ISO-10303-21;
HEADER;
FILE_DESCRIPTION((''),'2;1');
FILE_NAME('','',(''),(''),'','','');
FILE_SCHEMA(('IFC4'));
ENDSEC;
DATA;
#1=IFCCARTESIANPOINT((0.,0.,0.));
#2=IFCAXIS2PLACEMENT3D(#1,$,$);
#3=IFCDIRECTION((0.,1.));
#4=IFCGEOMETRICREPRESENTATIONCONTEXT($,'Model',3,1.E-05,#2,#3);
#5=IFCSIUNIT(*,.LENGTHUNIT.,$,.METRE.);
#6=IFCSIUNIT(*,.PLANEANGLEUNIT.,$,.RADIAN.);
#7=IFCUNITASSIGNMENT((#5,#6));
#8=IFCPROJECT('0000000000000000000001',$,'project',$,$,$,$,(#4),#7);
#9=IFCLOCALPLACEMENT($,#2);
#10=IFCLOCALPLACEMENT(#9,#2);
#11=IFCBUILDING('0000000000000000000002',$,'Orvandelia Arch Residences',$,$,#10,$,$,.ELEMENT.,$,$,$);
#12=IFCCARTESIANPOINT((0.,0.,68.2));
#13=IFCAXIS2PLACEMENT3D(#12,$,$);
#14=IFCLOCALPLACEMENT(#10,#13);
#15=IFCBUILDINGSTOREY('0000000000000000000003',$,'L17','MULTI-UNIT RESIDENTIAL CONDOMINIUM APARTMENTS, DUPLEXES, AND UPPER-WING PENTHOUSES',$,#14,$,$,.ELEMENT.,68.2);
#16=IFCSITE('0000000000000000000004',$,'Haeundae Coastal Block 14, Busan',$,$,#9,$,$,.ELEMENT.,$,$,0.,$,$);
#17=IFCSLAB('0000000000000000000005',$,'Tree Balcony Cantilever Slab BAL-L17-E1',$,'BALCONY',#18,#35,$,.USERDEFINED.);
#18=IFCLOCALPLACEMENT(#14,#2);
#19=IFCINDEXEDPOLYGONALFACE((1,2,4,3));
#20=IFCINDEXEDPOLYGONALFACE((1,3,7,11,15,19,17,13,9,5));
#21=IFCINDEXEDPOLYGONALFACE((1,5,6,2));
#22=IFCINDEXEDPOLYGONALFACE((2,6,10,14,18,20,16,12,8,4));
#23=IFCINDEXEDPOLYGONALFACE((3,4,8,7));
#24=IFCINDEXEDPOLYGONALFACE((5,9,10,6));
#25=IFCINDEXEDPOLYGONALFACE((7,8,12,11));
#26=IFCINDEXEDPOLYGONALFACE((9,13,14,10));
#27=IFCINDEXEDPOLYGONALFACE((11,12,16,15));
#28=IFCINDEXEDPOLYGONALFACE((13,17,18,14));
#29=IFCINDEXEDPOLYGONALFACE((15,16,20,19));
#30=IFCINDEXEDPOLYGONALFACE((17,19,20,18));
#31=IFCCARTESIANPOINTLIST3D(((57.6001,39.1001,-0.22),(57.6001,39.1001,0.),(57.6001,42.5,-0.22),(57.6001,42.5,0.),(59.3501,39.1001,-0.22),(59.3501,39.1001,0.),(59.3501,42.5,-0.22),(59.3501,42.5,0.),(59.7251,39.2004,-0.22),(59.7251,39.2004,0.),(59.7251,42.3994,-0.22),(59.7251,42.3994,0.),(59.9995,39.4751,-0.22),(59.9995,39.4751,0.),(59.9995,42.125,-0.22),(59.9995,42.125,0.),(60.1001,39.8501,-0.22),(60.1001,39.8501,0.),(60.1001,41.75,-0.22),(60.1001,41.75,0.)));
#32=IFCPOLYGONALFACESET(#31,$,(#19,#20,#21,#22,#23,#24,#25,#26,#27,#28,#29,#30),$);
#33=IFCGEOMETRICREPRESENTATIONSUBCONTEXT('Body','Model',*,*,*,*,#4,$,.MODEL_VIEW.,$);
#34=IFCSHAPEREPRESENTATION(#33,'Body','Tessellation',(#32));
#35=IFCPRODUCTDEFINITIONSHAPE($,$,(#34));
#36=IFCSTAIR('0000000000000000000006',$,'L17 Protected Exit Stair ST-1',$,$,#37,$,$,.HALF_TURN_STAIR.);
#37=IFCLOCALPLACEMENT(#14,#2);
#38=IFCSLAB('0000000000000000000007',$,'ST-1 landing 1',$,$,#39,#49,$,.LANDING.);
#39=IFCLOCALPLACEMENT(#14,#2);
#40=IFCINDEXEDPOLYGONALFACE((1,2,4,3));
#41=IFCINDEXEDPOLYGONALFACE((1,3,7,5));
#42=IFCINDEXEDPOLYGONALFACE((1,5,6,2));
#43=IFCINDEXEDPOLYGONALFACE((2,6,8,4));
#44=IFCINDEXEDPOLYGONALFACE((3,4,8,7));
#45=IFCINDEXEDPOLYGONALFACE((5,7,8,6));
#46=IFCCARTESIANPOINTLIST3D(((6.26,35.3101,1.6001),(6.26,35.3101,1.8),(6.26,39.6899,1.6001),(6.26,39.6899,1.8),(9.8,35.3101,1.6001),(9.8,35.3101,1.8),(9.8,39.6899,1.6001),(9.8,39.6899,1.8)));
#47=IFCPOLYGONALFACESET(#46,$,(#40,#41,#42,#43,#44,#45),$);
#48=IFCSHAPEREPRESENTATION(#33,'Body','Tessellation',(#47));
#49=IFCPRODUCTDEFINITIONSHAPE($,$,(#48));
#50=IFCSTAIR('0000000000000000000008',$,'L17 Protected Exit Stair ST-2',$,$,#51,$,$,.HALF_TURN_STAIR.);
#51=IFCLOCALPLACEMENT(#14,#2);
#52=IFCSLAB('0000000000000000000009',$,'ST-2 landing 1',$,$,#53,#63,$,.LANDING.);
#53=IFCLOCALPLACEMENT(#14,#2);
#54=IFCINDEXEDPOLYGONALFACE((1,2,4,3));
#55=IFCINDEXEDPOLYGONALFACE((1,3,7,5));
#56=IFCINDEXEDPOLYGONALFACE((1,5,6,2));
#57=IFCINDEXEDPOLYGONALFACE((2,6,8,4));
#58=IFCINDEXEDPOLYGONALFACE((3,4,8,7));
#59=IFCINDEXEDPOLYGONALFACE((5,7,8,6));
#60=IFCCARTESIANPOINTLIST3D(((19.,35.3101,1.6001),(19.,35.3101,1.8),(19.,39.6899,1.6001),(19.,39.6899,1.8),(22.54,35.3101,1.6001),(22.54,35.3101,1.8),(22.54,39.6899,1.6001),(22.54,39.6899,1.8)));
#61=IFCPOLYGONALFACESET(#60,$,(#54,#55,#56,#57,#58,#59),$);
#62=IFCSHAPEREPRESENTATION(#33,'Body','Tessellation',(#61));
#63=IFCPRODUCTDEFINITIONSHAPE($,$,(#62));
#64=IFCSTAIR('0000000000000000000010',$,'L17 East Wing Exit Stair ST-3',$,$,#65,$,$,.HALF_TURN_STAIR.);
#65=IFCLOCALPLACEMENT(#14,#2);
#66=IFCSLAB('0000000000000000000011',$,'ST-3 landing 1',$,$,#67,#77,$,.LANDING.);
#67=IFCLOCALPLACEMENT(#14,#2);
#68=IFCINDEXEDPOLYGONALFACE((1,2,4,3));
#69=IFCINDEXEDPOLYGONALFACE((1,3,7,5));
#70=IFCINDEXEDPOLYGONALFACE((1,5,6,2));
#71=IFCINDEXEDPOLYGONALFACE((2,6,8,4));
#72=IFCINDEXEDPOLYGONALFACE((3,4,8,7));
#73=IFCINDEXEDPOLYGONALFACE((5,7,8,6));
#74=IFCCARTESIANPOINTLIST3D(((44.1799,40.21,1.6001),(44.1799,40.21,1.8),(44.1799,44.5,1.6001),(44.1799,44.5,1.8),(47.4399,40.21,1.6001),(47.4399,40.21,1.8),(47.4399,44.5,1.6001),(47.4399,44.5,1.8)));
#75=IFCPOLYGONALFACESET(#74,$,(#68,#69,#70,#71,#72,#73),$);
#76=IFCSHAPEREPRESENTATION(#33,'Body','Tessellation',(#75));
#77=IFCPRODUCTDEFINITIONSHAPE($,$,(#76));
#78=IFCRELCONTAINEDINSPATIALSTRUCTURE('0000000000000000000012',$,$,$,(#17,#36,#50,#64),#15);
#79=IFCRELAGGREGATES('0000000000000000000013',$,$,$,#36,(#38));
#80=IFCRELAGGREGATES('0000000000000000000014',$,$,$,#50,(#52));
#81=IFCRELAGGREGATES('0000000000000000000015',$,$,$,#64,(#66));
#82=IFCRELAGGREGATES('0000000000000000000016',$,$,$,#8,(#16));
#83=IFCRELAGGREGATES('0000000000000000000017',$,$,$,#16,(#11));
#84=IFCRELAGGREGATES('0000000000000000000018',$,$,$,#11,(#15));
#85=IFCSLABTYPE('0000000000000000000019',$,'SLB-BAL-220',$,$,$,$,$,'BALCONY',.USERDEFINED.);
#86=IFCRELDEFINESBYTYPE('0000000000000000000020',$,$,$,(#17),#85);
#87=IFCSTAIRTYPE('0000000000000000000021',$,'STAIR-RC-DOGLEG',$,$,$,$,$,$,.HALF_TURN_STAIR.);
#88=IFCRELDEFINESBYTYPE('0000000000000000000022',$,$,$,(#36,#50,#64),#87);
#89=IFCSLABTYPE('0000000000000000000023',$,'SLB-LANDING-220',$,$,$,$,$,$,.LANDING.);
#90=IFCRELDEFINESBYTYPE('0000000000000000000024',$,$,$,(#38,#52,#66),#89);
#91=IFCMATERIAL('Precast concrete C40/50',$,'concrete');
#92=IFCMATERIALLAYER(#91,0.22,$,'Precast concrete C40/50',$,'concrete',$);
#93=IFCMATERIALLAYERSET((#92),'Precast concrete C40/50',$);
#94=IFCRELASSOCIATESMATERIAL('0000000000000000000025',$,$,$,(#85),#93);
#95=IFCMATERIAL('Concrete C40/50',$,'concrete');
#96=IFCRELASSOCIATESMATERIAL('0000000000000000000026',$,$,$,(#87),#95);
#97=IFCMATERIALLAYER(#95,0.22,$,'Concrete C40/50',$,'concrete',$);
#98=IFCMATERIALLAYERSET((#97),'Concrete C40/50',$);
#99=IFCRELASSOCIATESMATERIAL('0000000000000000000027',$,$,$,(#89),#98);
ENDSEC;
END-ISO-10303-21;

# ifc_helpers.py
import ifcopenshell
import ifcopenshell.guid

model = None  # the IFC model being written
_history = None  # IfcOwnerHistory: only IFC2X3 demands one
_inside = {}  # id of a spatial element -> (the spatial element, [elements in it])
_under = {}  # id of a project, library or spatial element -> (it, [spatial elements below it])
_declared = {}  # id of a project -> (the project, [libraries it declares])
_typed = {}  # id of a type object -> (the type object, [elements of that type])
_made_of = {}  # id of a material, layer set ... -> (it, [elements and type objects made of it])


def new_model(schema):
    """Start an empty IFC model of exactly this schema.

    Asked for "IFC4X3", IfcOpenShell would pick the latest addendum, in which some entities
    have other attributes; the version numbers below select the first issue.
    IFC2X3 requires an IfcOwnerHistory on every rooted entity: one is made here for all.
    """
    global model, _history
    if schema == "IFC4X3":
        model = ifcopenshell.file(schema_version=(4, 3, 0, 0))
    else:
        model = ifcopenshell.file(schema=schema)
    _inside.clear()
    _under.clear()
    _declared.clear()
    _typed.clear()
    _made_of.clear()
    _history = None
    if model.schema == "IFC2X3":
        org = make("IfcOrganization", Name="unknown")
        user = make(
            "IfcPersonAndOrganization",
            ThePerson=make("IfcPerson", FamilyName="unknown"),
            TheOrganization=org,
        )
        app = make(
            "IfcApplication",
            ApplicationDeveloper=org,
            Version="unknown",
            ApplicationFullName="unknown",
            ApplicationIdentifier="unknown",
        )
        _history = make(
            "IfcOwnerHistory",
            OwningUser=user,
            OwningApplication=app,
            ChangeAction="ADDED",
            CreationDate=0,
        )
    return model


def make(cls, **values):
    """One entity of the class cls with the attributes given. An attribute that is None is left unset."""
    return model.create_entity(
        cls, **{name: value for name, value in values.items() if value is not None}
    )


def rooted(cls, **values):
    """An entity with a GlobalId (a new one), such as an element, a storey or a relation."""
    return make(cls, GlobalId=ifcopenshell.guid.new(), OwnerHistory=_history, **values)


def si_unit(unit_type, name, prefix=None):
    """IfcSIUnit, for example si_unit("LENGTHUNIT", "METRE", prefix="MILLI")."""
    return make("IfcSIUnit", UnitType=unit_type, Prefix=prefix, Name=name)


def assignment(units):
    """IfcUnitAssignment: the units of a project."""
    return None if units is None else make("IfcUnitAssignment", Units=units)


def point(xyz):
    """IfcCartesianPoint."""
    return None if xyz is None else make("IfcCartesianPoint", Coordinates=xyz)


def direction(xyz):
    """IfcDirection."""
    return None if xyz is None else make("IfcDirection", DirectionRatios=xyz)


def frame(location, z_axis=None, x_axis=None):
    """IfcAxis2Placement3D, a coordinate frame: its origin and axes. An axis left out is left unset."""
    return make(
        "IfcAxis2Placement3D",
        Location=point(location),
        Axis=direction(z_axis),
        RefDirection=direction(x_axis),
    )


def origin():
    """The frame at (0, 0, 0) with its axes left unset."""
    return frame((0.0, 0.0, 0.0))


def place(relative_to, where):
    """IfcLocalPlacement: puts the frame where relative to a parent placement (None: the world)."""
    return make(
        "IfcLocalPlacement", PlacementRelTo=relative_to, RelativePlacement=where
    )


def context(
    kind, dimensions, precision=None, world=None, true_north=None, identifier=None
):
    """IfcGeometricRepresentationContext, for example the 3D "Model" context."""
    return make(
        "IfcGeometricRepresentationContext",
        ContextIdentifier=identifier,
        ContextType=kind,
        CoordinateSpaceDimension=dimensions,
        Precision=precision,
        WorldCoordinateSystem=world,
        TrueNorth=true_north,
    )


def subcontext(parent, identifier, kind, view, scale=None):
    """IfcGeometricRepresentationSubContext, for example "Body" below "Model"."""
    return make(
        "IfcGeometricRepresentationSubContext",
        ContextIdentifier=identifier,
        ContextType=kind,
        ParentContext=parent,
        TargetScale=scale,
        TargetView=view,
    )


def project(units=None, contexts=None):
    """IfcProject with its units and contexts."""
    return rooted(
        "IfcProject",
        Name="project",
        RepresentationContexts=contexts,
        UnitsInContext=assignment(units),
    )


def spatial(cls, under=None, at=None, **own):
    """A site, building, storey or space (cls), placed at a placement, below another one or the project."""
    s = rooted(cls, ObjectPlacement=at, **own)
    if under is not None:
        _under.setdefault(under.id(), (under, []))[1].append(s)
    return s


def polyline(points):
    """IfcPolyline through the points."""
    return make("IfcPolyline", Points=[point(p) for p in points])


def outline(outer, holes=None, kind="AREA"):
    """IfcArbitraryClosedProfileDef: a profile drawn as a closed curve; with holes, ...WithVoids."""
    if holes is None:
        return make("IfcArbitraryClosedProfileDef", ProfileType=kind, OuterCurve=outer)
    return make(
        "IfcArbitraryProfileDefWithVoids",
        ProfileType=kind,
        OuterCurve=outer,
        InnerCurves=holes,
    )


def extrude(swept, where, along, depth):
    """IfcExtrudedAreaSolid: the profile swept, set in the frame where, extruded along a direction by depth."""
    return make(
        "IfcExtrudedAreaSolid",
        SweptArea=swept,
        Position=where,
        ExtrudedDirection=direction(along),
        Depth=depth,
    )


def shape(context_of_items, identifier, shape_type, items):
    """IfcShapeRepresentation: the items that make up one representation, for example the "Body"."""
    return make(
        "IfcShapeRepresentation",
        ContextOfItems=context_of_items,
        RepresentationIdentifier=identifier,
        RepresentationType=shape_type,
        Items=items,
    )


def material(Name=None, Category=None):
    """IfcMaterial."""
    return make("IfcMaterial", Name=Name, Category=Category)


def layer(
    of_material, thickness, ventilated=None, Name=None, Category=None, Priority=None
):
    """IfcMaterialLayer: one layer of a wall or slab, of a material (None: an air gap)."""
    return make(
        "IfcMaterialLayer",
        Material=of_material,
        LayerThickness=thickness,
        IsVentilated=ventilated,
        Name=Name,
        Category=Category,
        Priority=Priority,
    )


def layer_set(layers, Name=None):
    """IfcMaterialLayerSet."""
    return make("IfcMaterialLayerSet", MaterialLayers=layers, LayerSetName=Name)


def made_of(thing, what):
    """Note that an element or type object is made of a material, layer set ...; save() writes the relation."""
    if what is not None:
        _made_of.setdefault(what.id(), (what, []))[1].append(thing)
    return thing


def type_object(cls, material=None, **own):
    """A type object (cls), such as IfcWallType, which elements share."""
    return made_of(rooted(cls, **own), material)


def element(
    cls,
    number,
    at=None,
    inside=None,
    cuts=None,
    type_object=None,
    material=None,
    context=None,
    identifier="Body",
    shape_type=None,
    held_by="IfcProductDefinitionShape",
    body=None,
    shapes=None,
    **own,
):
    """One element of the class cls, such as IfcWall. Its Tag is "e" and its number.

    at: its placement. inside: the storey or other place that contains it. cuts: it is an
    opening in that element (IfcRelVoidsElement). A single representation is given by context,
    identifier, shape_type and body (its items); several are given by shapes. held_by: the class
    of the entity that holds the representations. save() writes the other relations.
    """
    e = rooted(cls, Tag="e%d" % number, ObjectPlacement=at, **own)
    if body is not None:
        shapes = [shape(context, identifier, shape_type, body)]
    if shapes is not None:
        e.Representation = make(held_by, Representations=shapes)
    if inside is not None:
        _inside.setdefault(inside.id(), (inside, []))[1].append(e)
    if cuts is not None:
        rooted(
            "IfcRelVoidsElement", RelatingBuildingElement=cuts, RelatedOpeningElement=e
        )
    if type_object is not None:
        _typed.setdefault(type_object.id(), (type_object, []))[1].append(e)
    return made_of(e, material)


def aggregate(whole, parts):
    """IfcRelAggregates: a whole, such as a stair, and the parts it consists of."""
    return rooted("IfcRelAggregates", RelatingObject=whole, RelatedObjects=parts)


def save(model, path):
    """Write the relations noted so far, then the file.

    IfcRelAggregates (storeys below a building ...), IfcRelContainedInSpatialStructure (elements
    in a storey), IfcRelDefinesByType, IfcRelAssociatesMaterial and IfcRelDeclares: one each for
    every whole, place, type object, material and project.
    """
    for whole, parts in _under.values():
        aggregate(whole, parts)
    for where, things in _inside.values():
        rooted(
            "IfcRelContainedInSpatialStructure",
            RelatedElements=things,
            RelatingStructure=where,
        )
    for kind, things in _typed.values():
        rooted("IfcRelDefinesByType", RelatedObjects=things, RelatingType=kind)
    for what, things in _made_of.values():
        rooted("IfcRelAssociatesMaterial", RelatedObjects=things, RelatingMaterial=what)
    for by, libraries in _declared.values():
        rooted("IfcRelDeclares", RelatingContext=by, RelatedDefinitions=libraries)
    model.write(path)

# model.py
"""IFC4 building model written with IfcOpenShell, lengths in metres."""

from ifc_helpers import new_model, si_unit, direction, frame, origin, place, context, subcontext, project, spatial, polyline, outline, extrude, material, layer, layer_set, type_object, element, aggregate, save


model = new_model("IFC4")

# Units and contexts
model_context = context("Model", 3, precision=1e-05, world=origin(), true_north=direction((0.0, 1.0)))
body_context = subcontext(model_context, "Body", "Model", "MODEL_VIEW")
ifc_project = project(units=[si_unit("LENGTHUNIT", "METRE"), si_unit("PLANEANGLEUNIT", "RADIAN")], contexts=[model_context])

# Site, building, storey
site_placement = place(None, origin())
site = spatial("IfcSite", under=ifc_project, at=site_placement, Name="Haeundae Coastal Block 14, Busan", CompositionType="ELEMENT", RefElevation=0.0)
building_placement = place(site_placement, origin())
building = spatial("IfcBuilding", under=site, at=building_placement, Name="Orvandelia Arch Residences", CompositionType="ELEMENT")
storey_placement = place(building_placement, frame((0.0, 0.0, 68.2)))
storey = spatial("IfcBuildingStorey", under=building, at=storey_placement, Name="L17", Description="MULTI-UNIT RESIDENTIAL CONDOMINIUM APARTMENTS, DUPLEXES, AND UPPER-WING PENTHOUSES", CompositionType="ELEMENT", Elevation=68.2)

# Slab
ifc_material_1 = material(Name="Precast concrete C40/50", Category="concrete")
ifc_layer_1 = layer(ifc_material_1, 0.22, Name="Precast concrete C40/50", Category="concrete")
ifc_layer_set_1 = layer_set([ifc_layer_1], Name="Precast concrete C40/50")
slab_type_1 = type_object("IfcSlabType", Name="SLB-BAL-220", ElementType="BALCONY", PredefinedType="USERDEFINED", material=ifc_layer_set_1)
slab_1_placement = place(storey_placement, frame((0.0, 0.0, -0.22)))
element("IfcSlab", 1, at=slab_1_placement, inside=storey, type_object=slab_type_1, Name="Tree Balcony Cantilever Slab BAL-L17-E1", ObjectType="BALCONY", PredefinedType="USERDEFINED", context=body_context, shape_type="SweptSolid", body=[
    extrude(outline(polyline([(57.6001, 42.5), (57.6001, 39.1001), (59.3501, 39.1001), (59.7251, 39.2004), (59.9995, 39.4751), (60.1001, 39.8501), (60.1001, 41.75), (59.9995, 42.125), (59.7251, 42.3994), (59.3501, 42.5), (57.6001, 42.5)])), origin(), (0.0, 0.0, 1.0), 0.22),
])

# Stairs, slabs
ifc_material_2 = material(Name="Concrete C40/50", Category="concrete")
stair_type = type_object("IfcStairType", Name="STAIR-RC-DOGLEG", PredefinedType="HALF_TURN_STAIR", material=ifc_material_2)
stair_1_placement = place(storey_placement, origin())
stair_1 = element("IfcStair", 2, at=stair_1_placement, inside=storey, type_object=stair_type, Name="L17 Protected Exit Stair ST-1", PredefinedType="HALF_TURN_STAIR")
ifc_layer_2 = layer(ifc_material_2, 0.22, Name="Concrete C40/50", Category="concrete")
ifc_layer_set_2 = layer_set([ifc_layer_2], Name="Concrete C40/50")
slab_type_2 = type_object("IfcSlabType", Name="SLB-LANDING-220", PredefinedType="LANDING", material=ifc_layer_set_2)
slab_2_placement = place(storey_placement, frame((0.0, 0.0, 1.6001)))
slab_2 = element("IfcSlab", 3, at=slab_2_placement, type_object=slab_type_2, Name="ST-1 landing 1", PredefinedType="LANDING", context=body_context, shape_type="SweptSolid", body=[
    extrude(outline(polyline([(9.8, 35.3101), (9.8, 39.6899), (6.26, 39.6899), (6.26, 35.3101), (9.8, 35.3101)])), origin(), (0.0, 0.0, 1.0), 0.2),
])
aggregate(stair_1, [slab_2])
stair_2_placement = place(storey_placement, origin())
stair_2 = element("IfcStair", 4, at=stair_2_placement, inside=storey, type_object=stair_type, Name="L17 Protected Exit Stair ST-2", PredefinedType="HALF_TURN_STAIR")
slab_3_placement = place(storey_placement, frame((0.0, 0.0, 1.6001)))
slab_3 = element("IfcSlab", 5, at=slab_3_placement, type_object=slab_type_2, Name="ST-2 landing 1", PredefinedType="LANDING", context=body_context, shape_type="SweptSolid", body=[
    extrude(outline(polyline([(22.54, 35.3101), (22.54, 39.6899), (19.0, 39.6899), (19.0, 35.3101), (22.54, 35.3101)])), origin(), (0.0, 0.0, 1.0), 0.2),
])
aggregate(stair_2, [slab_3])
stair_3_placement = place(storey_placement, origin())
stair_3 = element("IfcStair", 6, at=stair_3_placement, inside=storey, type_object=stair_type, Name="L17 East Wing Exit Stair ST-3", PredefinedType="HALF_TURN_STAIR")
slab_4_placement = place(storey_placement, frame((0.0, 0.0, 1.6001)))
slab_4 = element("IfcSlab", 7, at=slab_4_placement, type_object=slab_type_2, Name="ST-3 landing 1", PredefinedType="LANDING", context=body_context, shape_type="SweptSolid", body=[
    extrude(outline(polyline([(47.4399, 40.21), (47.4399, 44.5), (44.1799, 44.5), (44.1799, 40.21), (47.4399, 40.21)])), origin(), (0.0, 0.0, 1.0), 0.2),
])
aggregate(stair_3, [slab_4])

save(model, "model.ifc")
